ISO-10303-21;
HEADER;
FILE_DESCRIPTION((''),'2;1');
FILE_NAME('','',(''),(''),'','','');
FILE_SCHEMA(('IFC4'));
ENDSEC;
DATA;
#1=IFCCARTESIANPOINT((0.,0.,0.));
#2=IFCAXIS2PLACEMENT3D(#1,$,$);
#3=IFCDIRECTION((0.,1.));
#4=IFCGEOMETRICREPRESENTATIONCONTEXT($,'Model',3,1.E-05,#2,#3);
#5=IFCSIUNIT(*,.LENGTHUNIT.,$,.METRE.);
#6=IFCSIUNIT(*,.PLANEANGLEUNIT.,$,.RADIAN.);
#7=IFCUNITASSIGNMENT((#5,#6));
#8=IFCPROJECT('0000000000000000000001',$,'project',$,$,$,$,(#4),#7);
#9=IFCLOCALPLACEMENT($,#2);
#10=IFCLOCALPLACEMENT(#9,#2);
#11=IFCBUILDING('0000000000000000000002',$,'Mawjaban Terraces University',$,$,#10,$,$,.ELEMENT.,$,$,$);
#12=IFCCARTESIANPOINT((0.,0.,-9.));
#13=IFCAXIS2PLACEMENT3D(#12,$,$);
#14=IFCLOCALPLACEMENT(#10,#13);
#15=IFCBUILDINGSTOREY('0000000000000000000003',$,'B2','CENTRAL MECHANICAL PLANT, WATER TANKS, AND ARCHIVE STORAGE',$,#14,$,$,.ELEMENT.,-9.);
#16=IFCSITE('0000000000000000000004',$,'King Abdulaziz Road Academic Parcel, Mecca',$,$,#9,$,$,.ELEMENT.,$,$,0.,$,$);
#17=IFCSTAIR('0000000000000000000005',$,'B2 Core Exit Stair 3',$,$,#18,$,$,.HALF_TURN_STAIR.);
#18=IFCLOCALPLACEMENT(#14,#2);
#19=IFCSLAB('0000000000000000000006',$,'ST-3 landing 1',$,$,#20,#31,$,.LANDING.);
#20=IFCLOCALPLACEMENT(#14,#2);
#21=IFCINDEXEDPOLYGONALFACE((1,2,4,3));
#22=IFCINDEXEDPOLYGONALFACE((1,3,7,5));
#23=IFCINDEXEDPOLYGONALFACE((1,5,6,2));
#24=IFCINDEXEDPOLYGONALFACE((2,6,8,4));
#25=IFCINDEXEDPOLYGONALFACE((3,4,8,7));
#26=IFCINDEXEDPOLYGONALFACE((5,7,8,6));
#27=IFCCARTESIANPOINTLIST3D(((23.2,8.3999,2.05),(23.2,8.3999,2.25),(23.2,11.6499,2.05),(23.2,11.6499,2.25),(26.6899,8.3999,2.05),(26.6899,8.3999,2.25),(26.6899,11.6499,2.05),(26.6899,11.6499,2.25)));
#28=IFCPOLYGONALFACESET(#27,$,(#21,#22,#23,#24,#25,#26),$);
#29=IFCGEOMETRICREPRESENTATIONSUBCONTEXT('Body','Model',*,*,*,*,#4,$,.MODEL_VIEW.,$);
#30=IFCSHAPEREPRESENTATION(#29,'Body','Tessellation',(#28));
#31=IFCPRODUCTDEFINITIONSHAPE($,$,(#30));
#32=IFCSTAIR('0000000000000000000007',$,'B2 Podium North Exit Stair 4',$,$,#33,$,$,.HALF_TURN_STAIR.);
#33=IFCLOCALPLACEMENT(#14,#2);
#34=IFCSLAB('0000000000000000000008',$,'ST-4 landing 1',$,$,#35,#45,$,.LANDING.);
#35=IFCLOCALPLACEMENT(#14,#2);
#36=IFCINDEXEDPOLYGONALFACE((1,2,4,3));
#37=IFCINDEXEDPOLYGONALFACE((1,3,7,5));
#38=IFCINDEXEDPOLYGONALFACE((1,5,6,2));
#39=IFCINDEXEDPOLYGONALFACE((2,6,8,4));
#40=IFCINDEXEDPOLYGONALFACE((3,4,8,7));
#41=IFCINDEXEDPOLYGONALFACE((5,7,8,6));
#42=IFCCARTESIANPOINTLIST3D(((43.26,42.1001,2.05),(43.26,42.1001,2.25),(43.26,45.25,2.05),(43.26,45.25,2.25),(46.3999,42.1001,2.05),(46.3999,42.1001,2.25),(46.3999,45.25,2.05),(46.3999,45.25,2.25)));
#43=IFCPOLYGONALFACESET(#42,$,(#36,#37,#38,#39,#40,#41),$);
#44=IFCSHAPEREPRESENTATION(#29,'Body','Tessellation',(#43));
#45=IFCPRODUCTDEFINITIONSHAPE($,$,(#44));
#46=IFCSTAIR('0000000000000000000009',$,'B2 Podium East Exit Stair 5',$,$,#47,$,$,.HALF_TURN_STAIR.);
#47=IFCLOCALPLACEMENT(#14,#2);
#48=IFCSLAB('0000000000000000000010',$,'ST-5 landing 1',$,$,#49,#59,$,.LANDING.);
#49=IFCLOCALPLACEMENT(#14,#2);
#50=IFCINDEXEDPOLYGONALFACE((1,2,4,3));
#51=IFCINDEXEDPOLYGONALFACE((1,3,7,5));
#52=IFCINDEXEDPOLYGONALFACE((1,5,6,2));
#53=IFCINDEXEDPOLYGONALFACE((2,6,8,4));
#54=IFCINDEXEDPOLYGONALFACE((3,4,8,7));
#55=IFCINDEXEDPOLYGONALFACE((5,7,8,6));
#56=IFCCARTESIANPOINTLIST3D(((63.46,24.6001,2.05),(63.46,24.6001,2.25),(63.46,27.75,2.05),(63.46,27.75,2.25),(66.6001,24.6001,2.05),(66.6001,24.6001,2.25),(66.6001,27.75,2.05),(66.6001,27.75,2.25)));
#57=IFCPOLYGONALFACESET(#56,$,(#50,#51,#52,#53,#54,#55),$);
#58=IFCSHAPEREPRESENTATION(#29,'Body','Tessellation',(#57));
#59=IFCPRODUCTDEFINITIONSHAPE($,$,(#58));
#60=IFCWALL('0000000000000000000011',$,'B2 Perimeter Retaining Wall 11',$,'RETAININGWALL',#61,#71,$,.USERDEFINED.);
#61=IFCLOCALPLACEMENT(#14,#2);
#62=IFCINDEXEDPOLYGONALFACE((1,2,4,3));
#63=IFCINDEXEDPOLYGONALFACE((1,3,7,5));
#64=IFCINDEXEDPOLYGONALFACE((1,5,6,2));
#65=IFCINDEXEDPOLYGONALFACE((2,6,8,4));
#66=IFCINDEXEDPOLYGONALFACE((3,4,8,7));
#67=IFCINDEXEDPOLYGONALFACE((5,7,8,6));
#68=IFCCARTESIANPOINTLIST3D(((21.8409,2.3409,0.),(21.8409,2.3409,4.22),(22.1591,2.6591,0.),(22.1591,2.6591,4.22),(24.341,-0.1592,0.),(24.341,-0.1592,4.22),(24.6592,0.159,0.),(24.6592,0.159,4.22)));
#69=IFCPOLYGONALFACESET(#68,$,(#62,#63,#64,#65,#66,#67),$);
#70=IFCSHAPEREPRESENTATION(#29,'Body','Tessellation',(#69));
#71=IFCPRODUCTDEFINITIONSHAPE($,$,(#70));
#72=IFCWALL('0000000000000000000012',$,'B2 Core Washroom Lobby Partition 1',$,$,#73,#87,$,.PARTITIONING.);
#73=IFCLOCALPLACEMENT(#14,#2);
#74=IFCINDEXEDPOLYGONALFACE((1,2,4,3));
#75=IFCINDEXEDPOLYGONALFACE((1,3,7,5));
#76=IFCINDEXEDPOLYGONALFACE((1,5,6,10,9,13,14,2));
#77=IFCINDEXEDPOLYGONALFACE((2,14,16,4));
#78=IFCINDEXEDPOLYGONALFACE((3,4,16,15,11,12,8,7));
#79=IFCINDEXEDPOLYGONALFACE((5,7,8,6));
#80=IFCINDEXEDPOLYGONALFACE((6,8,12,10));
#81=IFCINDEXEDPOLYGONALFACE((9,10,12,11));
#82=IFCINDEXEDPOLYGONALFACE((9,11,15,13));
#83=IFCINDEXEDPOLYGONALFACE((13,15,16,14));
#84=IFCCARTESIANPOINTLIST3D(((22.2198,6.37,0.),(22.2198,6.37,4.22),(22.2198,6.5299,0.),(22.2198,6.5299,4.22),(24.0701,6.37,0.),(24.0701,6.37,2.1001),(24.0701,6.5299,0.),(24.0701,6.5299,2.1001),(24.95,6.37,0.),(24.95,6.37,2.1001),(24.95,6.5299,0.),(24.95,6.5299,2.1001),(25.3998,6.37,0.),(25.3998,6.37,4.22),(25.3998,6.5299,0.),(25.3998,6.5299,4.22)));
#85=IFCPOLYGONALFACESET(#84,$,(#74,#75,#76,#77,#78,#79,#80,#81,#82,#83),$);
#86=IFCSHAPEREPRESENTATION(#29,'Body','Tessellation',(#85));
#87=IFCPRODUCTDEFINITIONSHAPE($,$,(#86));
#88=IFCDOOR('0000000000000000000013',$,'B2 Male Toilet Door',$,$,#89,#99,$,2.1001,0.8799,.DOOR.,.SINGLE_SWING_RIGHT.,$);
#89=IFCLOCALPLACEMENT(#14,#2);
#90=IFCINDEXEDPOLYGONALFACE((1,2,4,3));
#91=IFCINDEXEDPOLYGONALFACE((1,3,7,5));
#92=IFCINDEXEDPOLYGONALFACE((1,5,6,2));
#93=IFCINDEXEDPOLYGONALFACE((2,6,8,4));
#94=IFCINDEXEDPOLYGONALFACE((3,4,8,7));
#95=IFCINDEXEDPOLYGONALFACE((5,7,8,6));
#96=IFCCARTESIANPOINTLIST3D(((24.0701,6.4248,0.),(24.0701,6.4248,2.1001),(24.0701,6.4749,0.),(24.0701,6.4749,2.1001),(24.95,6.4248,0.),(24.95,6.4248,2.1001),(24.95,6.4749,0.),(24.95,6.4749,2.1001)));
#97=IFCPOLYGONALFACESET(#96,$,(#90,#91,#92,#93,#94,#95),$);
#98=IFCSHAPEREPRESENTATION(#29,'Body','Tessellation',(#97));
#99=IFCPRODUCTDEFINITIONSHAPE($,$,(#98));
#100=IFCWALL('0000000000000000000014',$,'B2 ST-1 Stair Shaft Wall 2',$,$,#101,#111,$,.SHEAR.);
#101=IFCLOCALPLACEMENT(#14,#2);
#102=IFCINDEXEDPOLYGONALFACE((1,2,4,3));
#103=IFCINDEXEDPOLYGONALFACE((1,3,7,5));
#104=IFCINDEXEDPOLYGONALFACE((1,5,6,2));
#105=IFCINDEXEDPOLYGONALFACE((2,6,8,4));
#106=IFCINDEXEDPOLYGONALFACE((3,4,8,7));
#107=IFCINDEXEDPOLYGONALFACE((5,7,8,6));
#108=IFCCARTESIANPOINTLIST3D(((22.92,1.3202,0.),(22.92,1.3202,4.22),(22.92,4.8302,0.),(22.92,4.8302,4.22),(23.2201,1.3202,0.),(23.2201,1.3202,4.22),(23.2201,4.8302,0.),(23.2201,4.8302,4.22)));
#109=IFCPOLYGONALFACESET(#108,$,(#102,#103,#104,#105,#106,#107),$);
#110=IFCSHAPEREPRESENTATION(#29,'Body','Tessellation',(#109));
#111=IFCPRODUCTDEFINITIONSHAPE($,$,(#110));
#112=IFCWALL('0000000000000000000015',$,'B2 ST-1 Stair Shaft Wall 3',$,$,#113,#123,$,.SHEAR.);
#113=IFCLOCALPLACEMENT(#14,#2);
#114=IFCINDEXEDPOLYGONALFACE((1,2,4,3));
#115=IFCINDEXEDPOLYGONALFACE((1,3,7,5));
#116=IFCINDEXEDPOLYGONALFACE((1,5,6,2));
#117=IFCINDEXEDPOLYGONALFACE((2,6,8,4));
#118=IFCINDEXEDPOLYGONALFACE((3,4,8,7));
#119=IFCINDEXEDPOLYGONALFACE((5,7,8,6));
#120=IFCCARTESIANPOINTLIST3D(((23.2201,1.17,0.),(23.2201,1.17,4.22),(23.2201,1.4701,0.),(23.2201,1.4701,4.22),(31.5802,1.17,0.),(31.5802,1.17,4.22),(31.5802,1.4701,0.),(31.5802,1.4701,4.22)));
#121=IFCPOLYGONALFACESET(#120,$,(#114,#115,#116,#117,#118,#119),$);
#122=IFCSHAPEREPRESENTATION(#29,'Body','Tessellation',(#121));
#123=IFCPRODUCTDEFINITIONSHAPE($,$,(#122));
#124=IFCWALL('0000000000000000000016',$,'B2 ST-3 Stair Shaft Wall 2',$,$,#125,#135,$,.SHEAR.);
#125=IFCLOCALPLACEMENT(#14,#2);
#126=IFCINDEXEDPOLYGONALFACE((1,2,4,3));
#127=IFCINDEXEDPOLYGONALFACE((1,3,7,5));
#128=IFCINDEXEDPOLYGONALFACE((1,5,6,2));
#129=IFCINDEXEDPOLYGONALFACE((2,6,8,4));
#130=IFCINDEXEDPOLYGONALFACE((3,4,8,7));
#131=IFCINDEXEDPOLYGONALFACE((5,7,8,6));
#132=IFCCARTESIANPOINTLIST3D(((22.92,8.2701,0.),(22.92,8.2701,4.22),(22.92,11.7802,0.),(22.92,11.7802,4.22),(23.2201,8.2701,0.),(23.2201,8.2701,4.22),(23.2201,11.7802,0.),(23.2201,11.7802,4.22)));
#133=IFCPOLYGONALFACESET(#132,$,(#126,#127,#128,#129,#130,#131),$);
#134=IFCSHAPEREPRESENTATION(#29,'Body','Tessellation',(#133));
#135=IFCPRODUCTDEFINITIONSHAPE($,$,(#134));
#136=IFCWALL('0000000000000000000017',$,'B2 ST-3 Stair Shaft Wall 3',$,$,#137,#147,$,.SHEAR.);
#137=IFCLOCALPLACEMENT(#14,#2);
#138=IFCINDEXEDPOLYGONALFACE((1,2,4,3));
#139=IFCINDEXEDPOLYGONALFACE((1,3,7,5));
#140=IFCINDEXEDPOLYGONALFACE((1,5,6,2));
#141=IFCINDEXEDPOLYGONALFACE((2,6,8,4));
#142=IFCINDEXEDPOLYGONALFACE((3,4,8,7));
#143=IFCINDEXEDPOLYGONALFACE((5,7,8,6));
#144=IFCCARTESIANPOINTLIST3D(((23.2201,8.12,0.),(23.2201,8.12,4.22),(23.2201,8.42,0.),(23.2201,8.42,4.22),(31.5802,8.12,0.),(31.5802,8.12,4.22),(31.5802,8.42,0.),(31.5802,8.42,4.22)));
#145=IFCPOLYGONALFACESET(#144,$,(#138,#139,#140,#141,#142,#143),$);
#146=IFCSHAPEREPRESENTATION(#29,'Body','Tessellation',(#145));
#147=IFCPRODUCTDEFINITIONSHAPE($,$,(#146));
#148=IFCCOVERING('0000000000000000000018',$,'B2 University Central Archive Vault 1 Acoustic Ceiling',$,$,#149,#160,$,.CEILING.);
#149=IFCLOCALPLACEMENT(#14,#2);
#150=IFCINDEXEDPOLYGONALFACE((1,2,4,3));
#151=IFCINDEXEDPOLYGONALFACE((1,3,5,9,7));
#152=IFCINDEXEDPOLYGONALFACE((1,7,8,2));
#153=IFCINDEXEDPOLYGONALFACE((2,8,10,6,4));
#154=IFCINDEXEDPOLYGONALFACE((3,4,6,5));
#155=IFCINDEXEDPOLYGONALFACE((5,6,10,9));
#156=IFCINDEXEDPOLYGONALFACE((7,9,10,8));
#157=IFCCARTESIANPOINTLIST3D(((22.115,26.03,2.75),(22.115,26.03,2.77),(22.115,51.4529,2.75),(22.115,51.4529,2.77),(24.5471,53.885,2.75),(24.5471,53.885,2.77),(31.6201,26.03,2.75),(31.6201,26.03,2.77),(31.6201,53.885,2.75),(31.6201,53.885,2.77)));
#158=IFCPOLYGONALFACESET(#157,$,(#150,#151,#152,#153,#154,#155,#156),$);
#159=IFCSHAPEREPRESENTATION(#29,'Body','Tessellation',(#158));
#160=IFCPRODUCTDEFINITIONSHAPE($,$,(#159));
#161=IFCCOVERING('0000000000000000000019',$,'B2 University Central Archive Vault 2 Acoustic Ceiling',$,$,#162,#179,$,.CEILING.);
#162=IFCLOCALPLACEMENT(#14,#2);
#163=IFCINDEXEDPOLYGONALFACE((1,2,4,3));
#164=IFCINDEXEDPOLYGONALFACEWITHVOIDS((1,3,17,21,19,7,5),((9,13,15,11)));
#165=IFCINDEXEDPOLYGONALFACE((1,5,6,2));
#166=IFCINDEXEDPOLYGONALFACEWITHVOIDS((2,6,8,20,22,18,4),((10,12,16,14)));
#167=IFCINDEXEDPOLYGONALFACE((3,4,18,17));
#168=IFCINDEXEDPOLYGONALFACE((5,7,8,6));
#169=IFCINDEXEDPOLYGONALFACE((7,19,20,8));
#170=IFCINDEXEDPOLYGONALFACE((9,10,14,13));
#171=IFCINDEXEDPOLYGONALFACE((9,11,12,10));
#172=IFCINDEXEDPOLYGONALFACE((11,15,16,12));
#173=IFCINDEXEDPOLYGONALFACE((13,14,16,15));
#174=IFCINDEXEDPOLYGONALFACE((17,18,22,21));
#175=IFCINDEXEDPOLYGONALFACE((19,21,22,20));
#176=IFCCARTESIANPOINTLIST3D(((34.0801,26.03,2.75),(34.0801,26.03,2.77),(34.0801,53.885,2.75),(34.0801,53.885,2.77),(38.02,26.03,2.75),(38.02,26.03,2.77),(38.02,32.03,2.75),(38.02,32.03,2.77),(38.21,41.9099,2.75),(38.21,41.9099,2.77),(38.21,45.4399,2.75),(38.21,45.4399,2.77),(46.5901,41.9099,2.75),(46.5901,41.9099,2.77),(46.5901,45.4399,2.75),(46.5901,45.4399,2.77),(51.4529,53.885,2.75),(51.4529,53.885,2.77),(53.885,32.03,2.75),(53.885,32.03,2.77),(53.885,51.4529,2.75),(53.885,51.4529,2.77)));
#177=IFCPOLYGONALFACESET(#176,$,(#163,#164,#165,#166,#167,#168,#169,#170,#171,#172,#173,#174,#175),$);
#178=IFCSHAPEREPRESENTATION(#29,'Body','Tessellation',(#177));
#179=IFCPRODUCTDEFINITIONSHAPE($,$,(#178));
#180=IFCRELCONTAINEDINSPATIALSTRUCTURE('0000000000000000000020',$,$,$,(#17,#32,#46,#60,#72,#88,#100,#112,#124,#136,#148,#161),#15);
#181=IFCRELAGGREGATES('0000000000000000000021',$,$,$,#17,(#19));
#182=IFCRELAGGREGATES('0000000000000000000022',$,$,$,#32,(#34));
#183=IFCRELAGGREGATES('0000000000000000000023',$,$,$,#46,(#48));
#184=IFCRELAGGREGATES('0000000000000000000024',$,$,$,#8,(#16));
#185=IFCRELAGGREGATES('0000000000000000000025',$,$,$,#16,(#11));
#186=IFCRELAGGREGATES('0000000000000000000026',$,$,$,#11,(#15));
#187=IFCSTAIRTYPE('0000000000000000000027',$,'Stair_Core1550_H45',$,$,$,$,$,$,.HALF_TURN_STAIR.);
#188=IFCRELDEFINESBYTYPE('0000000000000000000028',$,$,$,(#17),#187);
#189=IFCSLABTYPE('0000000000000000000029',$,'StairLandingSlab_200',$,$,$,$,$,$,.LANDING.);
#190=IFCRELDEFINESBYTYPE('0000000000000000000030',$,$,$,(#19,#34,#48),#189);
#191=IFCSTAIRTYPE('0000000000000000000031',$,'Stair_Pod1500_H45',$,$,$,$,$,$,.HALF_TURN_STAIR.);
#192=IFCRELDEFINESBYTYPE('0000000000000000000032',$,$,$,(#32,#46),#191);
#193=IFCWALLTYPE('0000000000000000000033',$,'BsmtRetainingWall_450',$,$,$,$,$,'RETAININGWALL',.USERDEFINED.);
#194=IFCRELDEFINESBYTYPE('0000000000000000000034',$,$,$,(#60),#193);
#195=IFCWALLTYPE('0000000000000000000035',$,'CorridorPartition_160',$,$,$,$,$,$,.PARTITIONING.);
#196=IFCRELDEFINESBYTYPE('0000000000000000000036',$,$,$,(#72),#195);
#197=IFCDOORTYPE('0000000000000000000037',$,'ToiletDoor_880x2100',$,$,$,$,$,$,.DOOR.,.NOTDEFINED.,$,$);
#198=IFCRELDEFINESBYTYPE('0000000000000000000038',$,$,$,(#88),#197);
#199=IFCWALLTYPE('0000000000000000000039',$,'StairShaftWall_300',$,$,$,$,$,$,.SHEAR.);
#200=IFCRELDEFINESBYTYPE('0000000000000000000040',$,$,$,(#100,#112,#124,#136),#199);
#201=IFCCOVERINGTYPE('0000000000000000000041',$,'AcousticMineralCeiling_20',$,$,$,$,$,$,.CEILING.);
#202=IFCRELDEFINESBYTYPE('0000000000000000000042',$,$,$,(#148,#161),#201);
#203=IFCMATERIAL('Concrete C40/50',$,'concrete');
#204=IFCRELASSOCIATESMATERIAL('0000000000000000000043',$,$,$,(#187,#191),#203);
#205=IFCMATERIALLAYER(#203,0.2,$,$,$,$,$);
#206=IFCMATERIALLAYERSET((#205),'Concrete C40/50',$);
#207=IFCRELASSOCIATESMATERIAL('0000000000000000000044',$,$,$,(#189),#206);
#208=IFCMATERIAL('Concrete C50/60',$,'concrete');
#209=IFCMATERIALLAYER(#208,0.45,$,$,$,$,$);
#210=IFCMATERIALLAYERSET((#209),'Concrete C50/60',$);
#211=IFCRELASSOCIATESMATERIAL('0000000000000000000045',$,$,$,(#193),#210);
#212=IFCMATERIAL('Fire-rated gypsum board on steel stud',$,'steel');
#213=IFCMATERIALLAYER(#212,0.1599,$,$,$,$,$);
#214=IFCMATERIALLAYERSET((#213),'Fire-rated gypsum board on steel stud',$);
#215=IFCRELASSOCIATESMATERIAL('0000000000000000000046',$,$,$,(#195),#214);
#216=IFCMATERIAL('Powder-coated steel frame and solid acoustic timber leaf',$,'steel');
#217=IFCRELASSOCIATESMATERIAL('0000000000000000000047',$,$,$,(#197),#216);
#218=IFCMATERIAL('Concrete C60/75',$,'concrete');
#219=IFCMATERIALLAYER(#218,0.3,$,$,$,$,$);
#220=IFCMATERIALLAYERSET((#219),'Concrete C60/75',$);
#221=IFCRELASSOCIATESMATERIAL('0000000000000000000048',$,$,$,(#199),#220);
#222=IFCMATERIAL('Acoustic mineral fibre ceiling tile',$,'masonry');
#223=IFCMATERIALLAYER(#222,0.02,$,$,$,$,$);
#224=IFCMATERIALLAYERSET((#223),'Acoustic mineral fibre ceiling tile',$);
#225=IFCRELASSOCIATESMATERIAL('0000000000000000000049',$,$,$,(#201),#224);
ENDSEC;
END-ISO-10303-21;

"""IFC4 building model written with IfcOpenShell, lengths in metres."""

from ifc_helpers import new_model, si_unit, direction, frame, frame_2d, origin, place, context, subcontext, project, spatial, polyline, rectangle, outline, extrude, material, layer, layer_set, type_object, element, fill, aggregate, save


model = new_model("IFC4")

# Units and contexts
model_context = context("Model", 3, precision=1e-05, world=origin(), true_north=direction((0.0, 1.0)))
body_context = subcontext(model_context, "Body", "Model", "MODEL_VIEW")
ifc_project = project(units=[si_unit("LENGTHUNIT", "METRE"), si_unit("PLANEANGLEUNIT", "RADIAN")], contexts=[model_context])

# Site, building, storey
site_placement = place(None, origin())
site = spatial("IfcSite", under=ifc_project, at=site_placement, Name="King Abdulaziz Road Academic Parcel, Mecca", CompositionType="ELEMENT", RefElevation=0.0)
building_placement = place(site_placement, origin())
building = spatial("IfcBuilding", under=site, at=building_placement, Name="Mawjaban Terraces University", CompositionType="ELEMENT")
storey_placement = place(building_placement, frame((0.0, 0.0, -9.0)))
storey = spatial("IfcBuildingStorey", under=building, at=storey_placement, Name="B2", Description="CENTRAL MECHANICAL PLANT, WATER TANKS, AND ARCHIVE STORAGE", CompositionType="ELEMENT", Elevation=-9.0)

# Shared definitions
ifc_material_1 = material(Name="Concrete C50/60", Category="concrete")

# Stairs, slabs
ifc_material_2 = material(Name="Concrete C40/50", Category="concrete")
stair_type_1 = type_object("IfcStairType", Name="Stair_Core1550_H45", PredefinedType="HALF_TURN_STAIR", material=ifc_material_2)
ifc_layer_1 = layer(ifc_material_2, 0.2)
ifc_layer_set_1 = layer_set([ifc_layer_1], Name="Concrete C40/50")
slab_type_1 = type_object("IfcSlabType", Name="StairLandingSlab_200", PredefinedType="LANDING", material=ifc_layer_set_1)
stair_1_placement = place(storey_placement, origin())
stair_1 = element("IfcStair", 1, at=stair_1_placement, inside=storey, type_object=stair_type_1, Name="B2 Core Exit Stair 3", PredefinedType="HALF_TURN_STAIR")
slab_1_placement = place(storey_placement, frame((0.0, 0.0, 2.05)))
slab_1 = element("IfcSlab", 2, at=slab_1_placement, type_object=slab_type_1, Name="ST-3 landing 1", PredefinedType="LANDING", context=body_context, shape_type="SweptSolid", body=[
    extrude(outline(polyline([(26.6899, 11.6499), (23.2, 11.6499), (23.2, 8.3999), (26.6899, 8.3999), (26.6899, 11.6499)])), origin(), (0.0, 0.0, 1.0), 0.2),
])
aggregate(stair_1, [slab_1])
stair_type_2 = type_object("IfcStairType", Name="Stair_Pod1500_H45", PredefinedType="HALF_TURN_STAIR", material=ifc_material_2)
stair_2_placement = place(storey_placement, origin())
stair_2 = element("IfcStair", 3, at=stair_2_placement, inside=storey, type_object=stair_type_2, Name="B2 Podium North Exit Stair 4", PredefinedType="HALF_TURN_STAIR")
slab_2_placement = place(storey_placement, frame((0.0, 0.0, 2.05)))
slab_2 = element("IfcSlab", 4, at=slab_2_placement, type_object=slab_type_1, Name="ST-4 landing 1", PredefinedType="LANDING", context=body_context, shape_type="SweptSolid", body=[
    extrude(outline(polyline([(43.26, 42.1001), (46.3999, 42.1001), (46.3999, 45.25), (43.26, 45.25), (43.26, 42.1001)])), origin(), (0.0, 0.0, 1.0), 0.2),
])
aggregate(stair_2, [slab_2])
stair_3_placement = place(storey_placement, origin())
stair_3 = element("IfcStair", 5, at=stair_3_placement, inside=storey, type_object=stair_type_2, Name="B2 Podium East Exit Stair 5", PredefinedType="HALF_TURN_STAIR")
slab_3_placement = place(storey_placement, frame((0.0, 0.0, 2.05)))
slab_3 = element("IfcSlab", 6, at=slab_3_placement, type_object=slab_type_1, Name="ST-5 landing 1", PredefinedType="LANDING", context=body_context, shape_type="SweptSolid", body=[
    extrude(outline(polyline([(63.46, 24.6001), (66.6001, 24.6001), (66.6001, 27.75), (63.46, 27.75), (63.46, 24.6001)])), origin(), (0.0, 0.0, 1.0), 0.2),
])
aggregate(stair_3, [slab_3])

# Wall
ifc_layer_2 = layer(ifc_material_1, 0.45)
ifc_layer_set_2 = layer_set([ifc_layer_2], Name="Concrete C50/60")
wall_type_1 = type_object("IfcWallType", Name="BsmtRetainingWall_450", ElementType="RETAININGWALL", PredefinedType="USERDEFINED", material=ifc_layer_set_2)
wall_1_placement = place(storey_placement, frame((22.0, 2.5, 0.0), z_axis=(0.0, 0.0, 1.0), x_axis=(0.707107, -0.707107, 0.0)))
element("IfcWall", 7, at=wall_1_placement, inside=storey, type_object=wall_type_1, Name="B2 Perimeter Retaining Wall 11", ObjectType="RETAININGWALL", PredefinedType="USERDEFINED", context=body_context, shape_type="SweptSolid", body=[
    extrude(rectangle(XDim=3.5356, YDim=0.45, at=frame_2d((1.7678, 0.0))), origin(), (0.0, 0.0, 1.0), 4.22),
])

# Wall, opening, door
ifc_material_3 = material(Name="Fire-rated gypsum board on steel stud", Category="steel")
ifc_layer_3 = layer(ifc_material_3, 0.1599)
ifc_layer_set_3 = layer_set([ifc_layer_3], Name="Fire-rated gypsum board on steel stud")
wall_type_2 = type_object("IfcWallType", Name="CorridorPartition_160", PredefinedType="PARTITIONING", material=ifc_layer_set_3)
wall_2_placement = place(storey_placement, frame((22.22, 6.45, 0.0), z_axis=(0.0, 0.0, 1.0), x_axis=(1.0, 0.0, 0.0)))
wall_2 = element("IfcWall", 8, at=wall_2_placement, inside=storey, type_object=wall_type_2, Name="B2 Core Washroom Lobby Partition 1", PredefinedType="PARTITIONING", context=body_context, shape_type="SweptSolid", body=[
    extrude(rectangle(XDim=3.1799, YDim=0.1599, at=frame_2d((1.5898, 0.0))), origin(), (0.0, 0.0, 1.0), 4.22),
])
opening_placement = place(wall_2_placement, frame((1.8501, 0.0, 0.0)))
opening = element("IfcOpeningElement", 9, at=opening_placement, cuts=wall_2, PredefinedType="OPENING", context=body_context, shape_type="SweptSolid", body=[
    extrude(rectangle(XDim=0.8799, YDim=2.1001, at=frame_2d((0.4399, 1.05))), frame((0.0, 0.0898, 0.0), z_axis=(0.0, -1.0, 0.0), x_axis=(1.0, 0.0, 0.0)), (0.0, 0.0, 1.0), 0.1799),
])
ifc_material_4 = material(Name="Powder-coated steel frame and solid acoustic timber leaf", Category="steel")
door_type = type_object("IfcDoorType", Name="ToiletDoor_880x2100", OperationType="NOTDEFINED", PredefinedType="DOOR", material=ifc_material_4)
door_placement = place(opening_placement, origin())
door = element("IfcDoor", 10, at=door_placement, inside=storey, type_object=door_type, Name="B2 Male Toilet Door", OperationType="SINGLE_SWING_RIGHT", OverallHeight=2.1001, OverallWidth=0.8799, PredefinedType="DOOR", context=body_context, shape_type="SweptSolid", body=[
    extrude(rectangle(XDim=0.8799, YDim=2.1001, at=frame_2d((0.4399, 1.05))), frame((0.0, 0.0249, 0.0), z_axis=(0.0, -1.0, 0.0), x_axis=(1.0, 0.0, 0.0)), (0.0, 0.0, 1.0), 0.05),
])
fill(opening, door)

# Walls
ifc_material_5 = material(Name="Concrete C60/75", Category="concrete")
ifc_layer_4 = layer(ifc_material_5, 0.3)
ifc_layer_set_4 = layer_set([ifc_layer_4], Name="Concrete C60/75")
wall_type_3 = type_object("IfcWallType", Name="StairShaftWall_300", PredefinedType="SHEAR", material=ifc_layer_set_4)
wall_3_placement = place(storey_placement, frame((23.0701, 4.8301, 0.0), z_axis=(0.0, 0.0, 1.0), x_axis=(0.0, -1.0, 0.0)))
element("IfcWall", 11, at=wall_3_placement, inside=storey, type_object=wall_type_3, Name="B2 ST-1 Stair Shaft Wall 2", PredefinedType="SHEAR", context=body_context, shape_type="SweptSolid", body=[
    extrude(rectangle(XDim=3.51, YDim=0.3, at=frame_2d((1.7549, 0.0))), origin(), (0.0, 0.0, 1.0), 4.22),
])
wall_4_placement = place(storey_placement, frame((23.22, 1.3201, 0.0), z_axis=(0.0, 0.0, 1.0), x_axis=(1.0, 0.0, 0.0)))
element("IfcWall", 12, at=wall_4_placement, inside=storey, type_object=wall_type_3, Name="B2 ST-1 Stair Shaft Wall 3", PredefinedType="SHEAR", context=body_context, shape_type="SweptSolid", body=[
    extrude(rectangle(XDim=8.3601, YDim=0.3, at=frame_2d((4.1802, 0.0))), origin(), (0.0, 0.0, 1.0), 4.22),
])
wall_5_placement = place(storey_placement, frame((23.0701, 11.78, 0.0), z_axis=(0.0, 0.0, 1.0), x_axis=(0.0, -1.0, 0.0)))
element("IfcWall", 13, at=wall_5_placement, inside=storey, type_object=wall_type_3, Name="B2 ST-3 Stair Shaft Wall 2", PredefinedType="SHEAR", context=body_context, shape_type="SweptSolid", body=[
    extrude(rectangle(XDim=3.51, YDim=0.3, at=frame_2d((1.7549, 0.0))), origin(), (0.0, 0.0, 1.0), 4.22),
])
wall_6_placement = place(storey_placement, frame((23.22, 8.27, 0.0), z_axis=(0.0, 0.0, 1.0), x_axis=(1.0, 0.0, 0.0)))
element("IfcWall", 14, at=wall_6_placement, inside=storey, type_object=wall_type_3, Name="B2 ST-3 Stair Shaft Wall 3", PredefinedType="SHEAR", context=body_context, shape_type="SweptSolid", body=[
    extrude(rectangle(XDim=8.3601, YDim=0.3, at=frame_2d((4.1802, 0.0))), origin(), (0.0, 0.0, 1.0), 4.22),
])

# Coverings
ifc_material_6 = material(Name="Acoustic mineral fibre ceiling tile", Category="masonry")
ifc_layer_5 = layer(ifc_material_6, 0.02)
ifc_layer_set_5 = layer_set([ifc_layer_5], Name="Acoustic mineral fibre ceiling tile")
covering_type = type_object("IfcCoveringType", Name="AcousticMineralCeiling_20", PredefinedType="CEILING", material=ifc_layer_set_5)
covering_1_placement = place(storey_placement, frame((0.0, 0.0, 2.75)))
element("IfcCovering", 15, at=covering_1_placement, inside=storey, type_object=covering_type, Name="B2 University Central Archive Vault 1 Acoustic Ceiling", PredefinedType="CEILING", context=body_context, shape_type="SweptSolid", body=[
    extrude(outline(polyline([(31.6201, 53.885), (24.5471, 53.885), (22.115, 51.4529), (22.115, 26.03), (31.6201, 26.03), (31.6201, 53.885)])), origin(), (0.0, 0.0, 1.0), 0.02),
])
covering_2_placement = place(storey_placement, frame((0.0, 0.0, 2.75)))
element("IfcCovering", 16, at=covering_2_placement, inside=storey, type_object=covering_type, Name="B2 University Central Archive Vault 2 Acoustic Ceiling", PredefinedType="CEILING", context=body_context, shape_type="SweptSolid", body=[
    extrude(outline(polyline([(53.885, 32.03), (53.885, 51.4529), (51.4529, 53.885), (34.0801, 53.885), (34.0801, 26.03), (38.02, 26.03), (38.02, 32.03), (53.885, 32.03)]), holes=[polyline([(46.5901, 45.4399), (46.5901, 41.9099), (38.21, 41.9099), (38.21, 45.4399), (46.5901, 45.4399)])]), origin(), (0.0, 0.0, 1.0), 0.02),
])

save(model, "model.ifc")
